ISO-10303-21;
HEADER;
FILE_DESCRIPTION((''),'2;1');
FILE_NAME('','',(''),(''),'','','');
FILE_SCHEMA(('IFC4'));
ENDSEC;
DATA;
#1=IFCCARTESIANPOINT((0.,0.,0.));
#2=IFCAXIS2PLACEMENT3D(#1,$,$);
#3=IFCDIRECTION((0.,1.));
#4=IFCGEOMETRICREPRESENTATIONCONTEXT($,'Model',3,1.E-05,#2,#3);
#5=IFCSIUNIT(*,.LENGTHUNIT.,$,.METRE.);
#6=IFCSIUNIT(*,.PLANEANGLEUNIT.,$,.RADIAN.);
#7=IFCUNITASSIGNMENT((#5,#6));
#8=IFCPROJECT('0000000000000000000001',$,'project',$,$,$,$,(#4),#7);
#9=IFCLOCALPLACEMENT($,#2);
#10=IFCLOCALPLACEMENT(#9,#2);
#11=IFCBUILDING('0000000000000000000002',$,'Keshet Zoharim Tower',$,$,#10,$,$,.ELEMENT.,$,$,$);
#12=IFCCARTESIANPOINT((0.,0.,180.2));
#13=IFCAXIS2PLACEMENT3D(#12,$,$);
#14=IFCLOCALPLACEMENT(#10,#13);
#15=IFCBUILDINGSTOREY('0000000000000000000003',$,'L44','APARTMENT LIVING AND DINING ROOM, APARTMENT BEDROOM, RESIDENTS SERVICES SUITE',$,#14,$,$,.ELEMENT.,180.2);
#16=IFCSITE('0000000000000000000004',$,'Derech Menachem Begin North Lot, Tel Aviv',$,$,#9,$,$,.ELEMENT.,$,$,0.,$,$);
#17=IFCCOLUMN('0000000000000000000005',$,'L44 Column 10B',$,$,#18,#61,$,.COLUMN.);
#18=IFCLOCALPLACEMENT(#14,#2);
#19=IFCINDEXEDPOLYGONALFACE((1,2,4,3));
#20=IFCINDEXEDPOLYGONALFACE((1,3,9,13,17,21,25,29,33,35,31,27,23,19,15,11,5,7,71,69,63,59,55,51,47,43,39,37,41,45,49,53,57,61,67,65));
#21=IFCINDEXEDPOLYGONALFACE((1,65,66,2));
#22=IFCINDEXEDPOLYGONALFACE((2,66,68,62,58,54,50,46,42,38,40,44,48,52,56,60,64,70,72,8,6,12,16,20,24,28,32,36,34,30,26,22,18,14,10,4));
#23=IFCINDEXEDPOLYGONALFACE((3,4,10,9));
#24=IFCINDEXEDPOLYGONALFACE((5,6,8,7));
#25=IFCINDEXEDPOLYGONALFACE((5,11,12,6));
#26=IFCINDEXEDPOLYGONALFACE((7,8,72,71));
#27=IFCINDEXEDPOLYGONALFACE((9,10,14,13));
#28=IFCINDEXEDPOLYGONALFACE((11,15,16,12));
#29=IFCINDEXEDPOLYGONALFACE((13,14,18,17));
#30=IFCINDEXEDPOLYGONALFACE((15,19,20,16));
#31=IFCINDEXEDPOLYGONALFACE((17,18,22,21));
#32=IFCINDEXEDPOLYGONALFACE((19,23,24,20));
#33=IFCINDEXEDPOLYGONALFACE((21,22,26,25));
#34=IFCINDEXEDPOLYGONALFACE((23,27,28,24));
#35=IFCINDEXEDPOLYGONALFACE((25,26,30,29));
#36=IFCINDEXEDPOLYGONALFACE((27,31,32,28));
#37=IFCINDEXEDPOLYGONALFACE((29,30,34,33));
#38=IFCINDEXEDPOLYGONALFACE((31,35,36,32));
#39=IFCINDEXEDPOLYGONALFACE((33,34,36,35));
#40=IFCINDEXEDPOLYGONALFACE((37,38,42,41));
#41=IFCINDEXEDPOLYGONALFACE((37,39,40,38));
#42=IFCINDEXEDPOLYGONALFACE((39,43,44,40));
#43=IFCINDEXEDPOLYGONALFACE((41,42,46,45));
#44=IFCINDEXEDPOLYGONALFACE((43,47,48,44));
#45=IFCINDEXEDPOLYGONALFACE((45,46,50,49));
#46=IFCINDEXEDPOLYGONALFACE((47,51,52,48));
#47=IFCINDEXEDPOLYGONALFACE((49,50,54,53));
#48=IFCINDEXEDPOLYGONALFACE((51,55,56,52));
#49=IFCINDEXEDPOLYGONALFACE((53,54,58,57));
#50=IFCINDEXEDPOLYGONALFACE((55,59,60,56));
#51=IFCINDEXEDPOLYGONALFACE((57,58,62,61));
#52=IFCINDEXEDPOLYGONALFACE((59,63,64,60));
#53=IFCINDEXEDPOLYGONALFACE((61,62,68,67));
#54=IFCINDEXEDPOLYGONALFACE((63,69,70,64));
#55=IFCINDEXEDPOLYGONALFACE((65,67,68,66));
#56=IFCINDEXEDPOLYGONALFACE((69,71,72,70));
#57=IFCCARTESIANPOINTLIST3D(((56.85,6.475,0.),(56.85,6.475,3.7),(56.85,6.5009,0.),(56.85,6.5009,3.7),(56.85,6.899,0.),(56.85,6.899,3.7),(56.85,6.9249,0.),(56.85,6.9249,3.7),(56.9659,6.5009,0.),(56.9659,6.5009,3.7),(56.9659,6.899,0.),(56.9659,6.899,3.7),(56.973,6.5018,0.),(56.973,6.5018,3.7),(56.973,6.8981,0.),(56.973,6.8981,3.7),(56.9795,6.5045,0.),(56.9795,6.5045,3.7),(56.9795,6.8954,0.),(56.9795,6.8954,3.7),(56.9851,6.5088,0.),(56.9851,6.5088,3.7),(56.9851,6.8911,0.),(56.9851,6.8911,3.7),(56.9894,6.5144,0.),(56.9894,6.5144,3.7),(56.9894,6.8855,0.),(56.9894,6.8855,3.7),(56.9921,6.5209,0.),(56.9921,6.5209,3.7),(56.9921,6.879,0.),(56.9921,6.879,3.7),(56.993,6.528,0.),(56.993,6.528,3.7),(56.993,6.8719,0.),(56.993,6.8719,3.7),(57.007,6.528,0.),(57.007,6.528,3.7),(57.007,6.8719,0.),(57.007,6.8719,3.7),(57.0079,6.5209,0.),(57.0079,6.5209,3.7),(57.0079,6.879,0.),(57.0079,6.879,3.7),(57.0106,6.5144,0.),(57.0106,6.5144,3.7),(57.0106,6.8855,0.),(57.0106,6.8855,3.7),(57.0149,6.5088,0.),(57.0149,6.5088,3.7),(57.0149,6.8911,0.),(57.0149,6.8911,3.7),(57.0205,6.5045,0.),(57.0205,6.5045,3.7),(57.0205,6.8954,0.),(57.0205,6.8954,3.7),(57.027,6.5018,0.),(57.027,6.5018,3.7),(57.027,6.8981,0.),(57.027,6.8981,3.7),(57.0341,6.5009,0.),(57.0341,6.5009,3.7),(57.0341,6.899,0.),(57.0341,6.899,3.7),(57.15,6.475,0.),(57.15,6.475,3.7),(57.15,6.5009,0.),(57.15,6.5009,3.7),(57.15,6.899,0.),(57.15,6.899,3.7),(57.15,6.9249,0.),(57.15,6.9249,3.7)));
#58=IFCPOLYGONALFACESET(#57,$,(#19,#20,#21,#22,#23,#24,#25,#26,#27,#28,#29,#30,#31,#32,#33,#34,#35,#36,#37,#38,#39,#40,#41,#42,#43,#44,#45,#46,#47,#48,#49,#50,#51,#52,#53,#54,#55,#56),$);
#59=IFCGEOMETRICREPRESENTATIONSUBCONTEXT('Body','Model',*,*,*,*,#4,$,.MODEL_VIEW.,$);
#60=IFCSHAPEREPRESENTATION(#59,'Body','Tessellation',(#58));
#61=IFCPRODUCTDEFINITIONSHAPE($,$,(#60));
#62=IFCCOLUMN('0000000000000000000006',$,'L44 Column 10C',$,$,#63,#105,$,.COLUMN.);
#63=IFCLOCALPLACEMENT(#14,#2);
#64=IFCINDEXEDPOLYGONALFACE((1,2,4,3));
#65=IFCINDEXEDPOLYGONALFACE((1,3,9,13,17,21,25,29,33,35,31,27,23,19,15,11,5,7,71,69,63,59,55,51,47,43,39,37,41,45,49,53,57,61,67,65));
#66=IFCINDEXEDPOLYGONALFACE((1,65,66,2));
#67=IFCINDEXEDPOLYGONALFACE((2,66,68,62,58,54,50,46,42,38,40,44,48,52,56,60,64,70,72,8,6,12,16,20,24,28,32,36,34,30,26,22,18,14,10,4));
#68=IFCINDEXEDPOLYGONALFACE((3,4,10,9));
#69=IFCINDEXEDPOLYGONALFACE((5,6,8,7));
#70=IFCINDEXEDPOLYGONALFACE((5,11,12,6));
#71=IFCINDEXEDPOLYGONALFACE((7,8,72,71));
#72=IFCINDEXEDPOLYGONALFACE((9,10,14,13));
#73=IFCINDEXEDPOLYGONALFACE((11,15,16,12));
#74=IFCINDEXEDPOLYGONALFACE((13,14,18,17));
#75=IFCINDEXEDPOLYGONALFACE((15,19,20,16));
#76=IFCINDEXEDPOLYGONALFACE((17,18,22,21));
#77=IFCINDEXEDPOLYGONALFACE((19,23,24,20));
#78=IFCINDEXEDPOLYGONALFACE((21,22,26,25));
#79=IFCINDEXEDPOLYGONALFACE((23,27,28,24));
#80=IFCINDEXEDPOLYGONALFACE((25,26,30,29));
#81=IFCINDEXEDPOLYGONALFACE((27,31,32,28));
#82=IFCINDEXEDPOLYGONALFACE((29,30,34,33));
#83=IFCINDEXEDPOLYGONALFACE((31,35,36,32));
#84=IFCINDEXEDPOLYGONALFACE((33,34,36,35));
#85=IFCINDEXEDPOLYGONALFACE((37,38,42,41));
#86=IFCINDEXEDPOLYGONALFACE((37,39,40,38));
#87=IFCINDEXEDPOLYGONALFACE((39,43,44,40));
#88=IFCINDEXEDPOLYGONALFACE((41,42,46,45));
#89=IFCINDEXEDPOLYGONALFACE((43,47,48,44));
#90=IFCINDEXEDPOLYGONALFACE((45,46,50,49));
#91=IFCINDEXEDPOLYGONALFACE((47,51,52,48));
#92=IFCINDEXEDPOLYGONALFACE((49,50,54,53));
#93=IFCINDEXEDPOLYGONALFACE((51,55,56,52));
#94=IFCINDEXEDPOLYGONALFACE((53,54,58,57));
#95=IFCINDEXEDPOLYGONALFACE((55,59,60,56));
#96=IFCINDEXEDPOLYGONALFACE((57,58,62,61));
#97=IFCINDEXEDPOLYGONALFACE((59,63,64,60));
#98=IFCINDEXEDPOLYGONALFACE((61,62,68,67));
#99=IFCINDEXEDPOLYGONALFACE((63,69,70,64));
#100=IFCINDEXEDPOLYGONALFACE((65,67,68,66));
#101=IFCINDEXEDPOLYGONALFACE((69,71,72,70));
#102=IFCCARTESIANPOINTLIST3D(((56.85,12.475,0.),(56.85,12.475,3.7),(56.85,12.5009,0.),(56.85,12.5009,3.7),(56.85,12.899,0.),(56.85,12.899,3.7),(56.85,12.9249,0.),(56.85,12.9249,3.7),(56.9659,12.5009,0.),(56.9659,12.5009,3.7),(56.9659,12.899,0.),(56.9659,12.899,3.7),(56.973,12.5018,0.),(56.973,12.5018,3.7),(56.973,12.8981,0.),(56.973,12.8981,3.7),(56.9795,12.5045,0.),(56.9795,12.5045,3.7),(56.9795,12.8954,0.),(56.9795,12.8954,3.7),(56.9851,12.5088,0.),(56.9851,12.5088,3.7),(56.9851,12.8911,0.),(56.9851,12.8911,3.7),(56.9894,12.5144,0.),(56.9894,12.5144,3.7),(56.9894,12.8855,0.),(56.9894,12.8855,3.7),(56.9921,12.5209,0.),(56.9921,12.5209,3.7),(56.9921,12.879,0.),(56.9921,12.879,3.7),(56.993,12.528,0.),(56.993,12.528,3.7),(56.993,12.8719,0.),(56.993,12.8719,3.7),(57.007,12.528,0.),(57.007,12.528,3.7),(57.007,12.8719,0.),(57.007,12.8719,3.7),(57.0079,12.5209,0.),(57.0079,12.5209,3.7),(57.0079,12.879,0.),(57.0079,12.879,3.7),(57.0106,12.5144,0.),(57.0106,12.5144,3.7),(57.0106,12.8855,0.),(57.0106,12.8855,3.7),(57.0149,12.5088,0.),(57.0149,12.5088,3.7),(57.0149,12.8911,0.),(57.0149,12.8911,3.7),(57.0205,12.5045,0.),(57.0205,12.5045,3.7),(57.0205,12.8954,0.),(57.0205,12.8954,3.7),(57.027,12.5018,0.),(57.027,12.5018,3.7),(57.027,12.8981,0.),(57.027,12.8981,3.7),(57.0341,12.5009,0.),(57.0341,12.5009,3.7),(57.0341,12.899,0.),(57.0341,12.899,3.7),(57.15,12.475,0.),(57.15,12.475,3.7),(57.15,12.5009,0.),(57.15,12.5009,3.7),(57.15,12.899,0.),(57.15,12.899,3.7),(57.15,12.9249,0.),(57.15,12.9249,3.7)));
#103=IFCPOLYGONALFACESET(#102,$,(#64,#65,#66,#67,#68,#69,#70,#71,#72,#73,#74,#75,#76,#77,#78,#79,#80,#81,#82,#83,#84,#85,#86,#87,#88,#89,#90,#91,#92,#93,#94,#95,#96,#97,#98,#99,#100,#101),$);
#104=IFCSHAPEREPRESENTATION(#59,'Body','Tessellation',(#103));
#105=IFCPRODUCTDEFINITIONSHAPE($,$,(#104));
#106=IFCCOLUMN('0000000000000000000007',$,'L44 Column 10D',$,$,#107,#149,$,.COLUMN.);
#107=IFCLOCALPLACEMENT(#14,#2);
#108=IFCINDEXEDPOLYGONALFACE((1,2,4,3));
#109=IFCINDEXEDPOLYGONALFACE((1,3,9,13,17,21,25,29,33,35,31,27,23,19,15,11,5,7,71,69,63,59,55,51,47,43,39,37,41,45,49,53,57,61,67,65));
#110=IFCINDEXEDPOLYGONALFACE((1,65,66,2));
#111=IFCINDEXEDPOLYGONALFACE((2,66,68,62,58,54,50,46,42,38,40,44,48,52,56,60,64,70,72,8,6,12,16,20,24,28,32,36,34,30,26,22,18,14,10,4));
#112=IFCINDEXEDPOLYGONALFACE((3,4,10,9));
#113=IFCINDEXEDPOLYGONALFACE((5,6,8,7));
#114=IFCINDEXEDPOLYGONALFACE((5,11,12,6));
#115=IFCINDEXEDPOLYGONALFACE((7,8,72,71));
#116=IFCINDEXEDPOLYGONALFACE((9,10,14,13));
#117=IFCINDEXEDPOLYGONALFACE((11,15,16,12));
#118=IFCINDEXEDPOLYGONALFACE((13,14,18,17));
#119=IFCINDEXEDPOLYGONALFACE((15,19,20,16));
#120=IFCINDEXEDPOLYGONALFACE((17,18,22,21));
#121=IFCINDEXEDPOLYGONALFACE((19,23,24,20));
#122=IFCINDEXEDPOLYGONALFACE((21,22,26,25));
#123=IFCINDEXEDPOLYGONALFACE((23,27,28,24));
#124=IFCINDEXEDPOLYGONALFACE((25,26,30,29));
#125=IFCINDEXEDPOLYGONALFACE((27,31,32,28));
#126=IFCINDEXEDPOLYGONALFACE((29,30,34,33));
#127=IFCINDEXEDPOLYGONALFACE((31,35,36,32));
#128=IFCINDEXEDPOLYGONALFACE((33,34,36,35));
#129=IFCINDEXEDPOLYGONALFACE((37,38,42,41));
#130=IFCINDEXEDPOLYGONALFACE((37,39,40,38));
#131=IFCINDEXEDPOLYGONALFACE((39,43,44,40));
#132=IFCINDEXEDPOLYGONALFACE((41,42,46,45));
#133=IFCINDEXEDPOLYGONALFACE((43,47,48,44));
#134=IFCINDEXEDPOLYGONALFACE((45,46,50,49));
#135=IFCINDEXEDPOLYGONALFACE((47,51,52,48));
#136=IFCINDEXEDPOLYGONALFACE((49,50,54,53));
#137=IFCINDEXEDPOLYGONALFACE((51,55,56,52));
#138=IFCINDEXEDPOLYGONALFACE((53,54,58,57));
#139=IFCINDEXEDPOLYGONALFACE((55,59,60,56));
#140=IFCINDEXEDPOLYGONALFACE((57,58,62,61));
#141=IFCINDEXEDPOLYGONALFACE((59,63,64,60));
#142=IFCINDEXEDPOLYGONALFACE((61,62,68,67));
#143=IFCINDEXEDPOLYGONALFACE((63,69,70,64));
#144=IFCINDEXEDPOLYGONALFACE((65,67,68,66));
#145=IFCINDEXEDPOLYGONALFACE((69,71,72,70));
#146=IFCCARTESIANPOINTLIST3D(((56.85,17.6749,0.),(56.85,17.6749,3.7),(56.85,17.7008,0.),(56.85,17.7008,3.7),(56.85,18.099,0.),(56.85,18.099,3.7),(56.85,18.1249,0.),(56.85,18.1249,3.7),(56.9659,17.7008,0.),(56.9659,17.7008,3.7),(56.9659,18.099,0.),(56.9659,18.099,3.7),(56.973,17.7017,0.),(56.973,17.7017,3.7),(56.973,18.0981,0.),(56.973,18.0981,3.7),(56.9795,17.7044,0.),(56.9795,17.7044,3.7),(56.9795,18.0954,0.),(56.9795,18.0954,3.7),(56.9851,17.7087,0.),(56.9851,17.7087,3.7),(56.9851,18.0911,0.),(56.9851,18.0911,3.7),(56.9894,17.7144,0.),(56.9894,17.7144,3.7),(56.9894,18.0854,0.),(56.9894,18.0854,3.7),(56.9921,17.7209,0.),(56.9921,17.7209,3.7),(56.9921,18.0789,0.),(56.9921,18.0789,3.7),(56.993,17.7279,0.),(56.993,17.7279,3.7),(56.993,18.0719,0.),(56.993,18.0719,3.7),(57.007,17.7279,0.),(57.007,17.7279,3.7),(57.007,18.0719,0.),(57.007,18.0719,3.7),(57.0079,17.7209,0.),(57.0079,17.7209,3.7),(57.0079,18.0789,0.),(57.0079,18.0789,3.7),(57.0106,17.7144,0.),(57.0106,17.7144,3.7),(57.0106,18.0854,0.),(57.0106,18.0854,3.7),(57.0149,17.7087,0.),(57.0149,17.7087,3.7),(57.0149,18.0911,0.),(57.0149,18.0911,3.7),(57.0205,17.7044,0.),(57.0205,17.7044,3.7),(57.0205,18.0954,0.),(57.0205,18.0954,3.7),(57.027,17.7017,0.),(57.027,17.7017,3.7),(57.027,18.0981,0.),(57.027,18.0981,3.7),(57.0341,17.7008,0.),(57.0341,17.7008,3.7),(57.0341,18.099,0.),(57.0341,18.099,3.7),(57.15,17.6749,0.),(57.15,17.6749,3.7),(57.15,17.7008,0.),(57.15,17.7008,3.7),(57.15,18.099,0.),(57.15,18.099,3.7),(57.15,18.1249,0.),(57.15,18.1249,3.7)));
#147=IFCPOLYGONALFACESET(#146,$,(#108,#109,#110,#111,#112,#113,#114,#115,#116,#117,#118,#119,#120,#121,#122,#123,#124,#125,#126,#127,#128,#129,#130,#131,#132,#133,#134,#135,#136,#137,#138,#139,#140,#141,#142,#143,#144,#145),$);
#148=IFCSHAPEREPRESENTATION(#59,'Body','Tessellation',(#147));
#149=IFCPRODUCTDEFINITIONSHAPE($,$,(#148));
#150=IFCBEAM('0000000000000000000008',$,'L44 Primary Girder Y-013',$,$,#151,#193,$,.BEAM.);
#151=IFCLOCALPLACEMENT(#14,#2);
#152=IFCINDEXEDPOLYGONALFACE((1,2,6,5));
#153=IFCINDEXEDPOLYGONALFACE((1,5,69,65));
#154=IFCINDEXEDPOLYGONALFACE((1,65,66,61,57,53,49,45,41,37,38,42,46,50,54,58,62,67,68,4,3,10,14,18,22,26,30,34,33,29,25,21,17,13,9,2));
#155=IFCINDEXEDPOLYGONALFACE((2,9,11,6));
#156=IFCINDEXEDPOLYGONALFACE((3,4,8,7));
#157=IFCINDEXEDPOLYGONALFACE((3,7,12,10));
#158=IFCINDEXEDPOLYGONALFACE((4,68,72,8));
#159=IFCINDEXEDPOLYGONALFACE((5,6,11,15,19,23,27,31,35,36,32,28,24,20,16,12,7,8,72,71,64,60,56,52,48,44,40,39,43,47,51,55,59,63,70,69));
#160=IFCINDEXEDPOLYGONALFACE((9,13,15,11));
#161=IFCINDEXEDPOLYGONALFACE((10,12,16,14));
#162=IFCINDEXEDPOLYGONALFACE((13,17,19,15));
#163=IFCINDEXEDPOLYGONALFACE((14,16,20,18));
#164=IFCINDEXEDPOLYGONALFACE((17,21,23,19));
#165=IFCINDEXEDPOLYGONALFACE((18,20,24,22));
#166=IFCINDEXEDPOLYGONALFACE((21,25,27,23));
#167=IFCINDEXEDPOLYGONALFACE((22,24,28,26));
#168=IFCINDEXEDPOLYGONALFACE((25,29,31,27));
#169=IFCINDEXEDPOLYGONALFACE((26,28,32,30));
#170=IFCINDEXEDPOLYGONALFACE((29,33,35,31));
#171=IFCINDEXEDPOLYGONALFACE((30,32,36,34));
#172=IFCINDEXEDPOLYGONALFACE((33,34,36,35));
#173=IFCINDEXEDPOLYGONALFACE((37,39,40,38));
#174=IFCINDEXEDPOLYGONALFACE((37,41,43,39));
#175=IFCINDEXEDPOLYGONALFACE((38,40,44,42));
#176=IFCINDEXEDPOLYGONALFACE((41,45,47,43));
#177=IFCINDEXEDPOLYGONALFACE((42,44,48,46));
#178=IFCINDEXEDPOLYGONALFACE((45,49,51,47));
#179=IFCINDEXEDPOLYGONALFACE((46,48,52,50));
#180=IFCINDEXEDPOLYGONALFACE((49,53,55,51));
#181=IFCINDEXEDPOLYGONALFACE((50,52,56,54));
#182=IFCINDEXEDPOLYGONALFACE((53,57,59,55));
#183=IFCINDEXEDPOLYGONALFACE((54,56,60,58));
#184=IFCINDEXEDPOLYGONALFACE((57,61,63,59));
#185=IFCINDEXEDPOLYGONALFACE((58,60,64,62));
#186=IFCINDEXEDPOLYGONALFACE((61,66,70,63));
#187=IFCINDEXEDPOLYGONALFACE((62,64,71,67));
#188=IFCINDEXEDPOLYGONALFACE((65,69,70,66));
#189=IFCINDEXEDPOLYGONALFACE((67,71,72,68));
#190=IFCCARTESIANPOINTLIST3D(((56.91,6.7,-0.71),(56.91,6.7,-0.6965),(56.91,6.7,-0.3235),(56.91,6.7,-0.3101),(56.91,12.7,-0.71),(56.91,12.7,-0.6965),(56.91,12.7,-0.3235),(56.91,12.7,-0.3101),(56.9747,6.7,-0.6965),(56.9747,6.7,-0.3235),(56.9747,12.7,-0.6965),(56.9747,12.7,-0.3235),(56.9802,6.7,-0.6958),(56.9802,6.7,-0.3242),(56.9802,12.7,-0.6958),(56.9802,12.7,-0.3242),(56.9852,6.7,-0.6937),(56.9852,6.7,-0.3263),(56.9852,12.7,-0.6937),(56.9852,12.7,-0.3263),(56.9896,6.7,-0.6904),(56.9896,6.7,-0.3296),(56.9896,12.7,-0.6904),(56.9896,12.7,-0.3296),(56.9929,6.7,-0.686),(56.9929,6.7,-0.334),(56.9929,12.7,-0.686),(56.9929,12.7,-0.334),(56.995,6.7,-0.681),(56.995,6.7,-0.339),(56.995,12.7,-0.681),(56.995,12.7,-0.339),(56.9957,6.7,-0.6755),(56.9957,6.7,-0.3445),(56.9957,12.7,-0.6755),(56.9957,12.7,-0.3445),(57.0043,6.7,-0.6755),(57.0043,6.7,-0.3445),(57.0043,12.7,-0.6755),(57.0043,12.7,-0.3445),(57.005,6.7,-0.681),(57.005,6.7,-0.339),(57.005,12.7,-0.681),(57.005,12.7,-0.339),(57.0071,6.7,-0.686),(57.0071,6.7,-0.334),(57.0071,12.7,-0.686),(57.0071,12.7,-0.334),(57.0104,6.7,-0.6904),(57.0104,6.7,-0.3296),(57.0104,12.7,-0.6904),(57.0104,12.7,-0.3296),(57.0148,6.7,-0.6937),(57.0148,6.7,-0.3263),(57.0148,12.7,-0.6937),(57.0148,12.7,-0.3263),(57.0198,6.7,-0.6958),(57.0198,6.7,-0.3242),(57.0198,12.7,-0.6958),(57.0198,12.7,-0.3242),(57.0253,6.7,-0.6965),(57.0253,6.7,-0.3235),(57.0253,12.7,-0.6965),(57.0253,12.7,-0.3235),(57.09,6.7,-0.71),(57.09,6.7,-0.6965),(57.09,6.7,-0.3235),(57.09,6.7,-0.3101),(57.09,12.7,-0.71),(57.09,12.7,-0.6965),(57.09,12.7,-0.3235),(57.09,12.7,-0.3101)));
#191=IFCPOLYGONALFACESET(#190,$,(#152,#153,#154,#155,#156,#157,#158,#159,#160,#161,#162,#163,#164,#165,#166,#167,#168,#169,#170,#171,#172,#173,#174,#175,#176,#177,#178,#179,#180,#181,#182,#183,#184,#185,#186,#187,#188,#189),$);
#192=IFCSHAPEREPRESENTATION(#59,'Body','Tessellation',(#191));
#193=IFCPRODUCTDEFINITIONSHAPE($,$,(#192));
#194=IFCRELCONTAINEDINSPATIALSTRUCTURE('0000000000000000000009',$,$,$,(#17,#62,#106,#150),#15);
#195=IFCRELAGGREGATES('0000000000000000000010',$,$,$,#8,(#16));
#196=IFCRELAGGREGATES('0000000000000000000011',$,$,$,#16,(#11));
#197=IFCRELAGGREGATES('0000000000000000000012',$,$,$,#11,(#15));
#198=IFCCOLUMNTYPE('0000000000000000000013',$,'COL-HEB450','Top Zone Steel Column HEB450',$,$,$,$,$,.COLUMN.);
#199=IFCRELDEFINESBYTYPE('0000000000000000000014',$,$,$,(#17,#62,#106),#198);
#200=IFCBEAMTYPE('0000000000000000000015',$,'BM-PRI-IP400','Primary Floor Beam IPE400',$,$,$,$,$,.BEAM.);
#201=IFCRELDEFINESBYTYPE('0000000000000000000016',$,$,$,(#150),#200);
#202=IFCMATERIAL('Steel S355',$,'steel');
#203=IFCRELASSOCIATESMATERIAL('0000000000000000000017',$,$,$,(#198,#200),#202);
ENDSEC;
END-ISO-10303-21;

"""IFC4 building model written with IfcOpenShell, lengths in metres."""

from ifc_helpers import new_model, si_unit, direction, frame, origin, origin_2d, place, context, subcontext, project, spatial, i_section, extrude, material, material_profile, profile_set, type_object, element, save


model = new_model("IFC4")

# Units and contexts
model_context = context("Model", 3, precision=1e-05, world=origin(), true_north=direction((0.0, 1.0)))
body_context = subcontext(model_context, "Body", "Model", "MODEL_VIEW")
ifc_project = project(units=[si_unit("LENGTHUNIT", "METRE"), si_unit("PLANEANGLEUNIT", "RADIAN")], contexts=[model_context])

# Site, building, storey
site_placement = place(None, origin())
site = spatial("IfcSite", under=ifc_project, at=site_placement, Name="Derech Menachem Begin North Lot, Tel Aviv", CompositionType="ELEMENT", RefElevation=0.0)
building_placement = place(site_placement, origin())
building = spatial("IfcBuilding", under=site, at=building_placement, Name="Keshet Zoharim Tower", CompositionType="ELEMENT")
storey_placement = place(building_placement, frame((0.0, 0.0, 180.2)))
storey = spatial("IfcBuildingStorey", under=building, at=storey_placement, Name="L44", Description="APARTMENT LIVING AND DINING ROOM, APARTMENT BEDROOM, RESIDENTS SERVICES SUITE", CompositionType="ELEMENT", Elevation=180.2)

# Columns
ifc_material_1 = material(Name="Steel S355", Category="steel")
ifc_material_profile_1 = material_profile(ifc_material_1, i_section(OverallWidth=0.3, OverallDepth=0.45, WebThickness=0.0139, FlangeThickness=0.0259, FilletRadius=0.0271, at=origin_2d()), Name="HEB450")
ifc_profile_set_1 = profile_set([ifc_material_profile_1], Name="Steel S355")
column_type = type_object("IfcColumnType", Name="COL-HEB450", Description="Top Zone Steel Column HEB450", PredefinedType="COLUMN", material=ifc_profile_set_1)
for number, where, z_axis, x_axis, name in (
    (1, (57.0, 6.7, 0.0), (0.0, 0.0, 1.0), (1.0, 0.0, 0.0), "L44 Column 10B"),
    (2, (57.0, 12.7, 0.0), (0.0, 0.0, 1.0), (1.0, 0.0, 0.0), "L44 Column 10C"),
    (3, (57.0, 17.8999, 0.0), (0.0, 0.0, 1.0), (1.0, 0.0, 0.0), "L44 Column 10D"),
):
    element("IfcColumn", number, at=place(storey_placement, frame(where, z_axis=z_axis, x_axis=x_axis)), inside=storey, type_object=column_type, Name=name, PredefinedType="COLUMN", context=body_context, shape_type="SweptSolid", body=[
        extrude(i_section(OverallWidth=0.3, OverallDepth=0.45, WebThickness=0.0139, FlangeThickness=0.0259, FilletRadius=0.0271, at=origin_2d()), origin(), (0.0, 0.0, 1.0), 3.7),
    ])

# Beam
ifc_material_profile_2 = material_profile(ifc_material_1, i_section(OverallWidth=0.1799, OverallDepth=0.3999, WebThickness=0.0085, FlangeThickness=0.0134, FilletRadius=0.021, at=origin_2d()), Name="IPE400")
ifc_profile_set_2 = profile_set([ifc_material_profile_2], Name="Steel S355")
beam_type = type_object("IfcBeamType", Name="BM-PRI-IP400", Description="Primary Floor Beam IPE400", PredefinedType="BEAM", material=ifc_profile_set_2)
beam_1_placement = place(storey_placement, frame((57.0, 6.7, -0.51), z_axis=(0.0, 1.0, 0.0), x_axis=(-1.0, 0.0, 0.0)))
element("IfcBeam", 4, at=beam_1_placement, inside=storey, type_object=beam_type, Name="L44 Primary Girder Y-013", PredefinedType="BEAM", context=body_context, shape_type="SweptSolid", body=[
    extrude(i_section(OverallWidth=0.1799, OverallDepth=0.3999, WebThickness=0.0085, FlangeThickness=0.0134, FilletRadius=0.021, at=origin_2d()), origin(), (0.0, 0.0, 1.0), 6.0),
])

save(model, "model.ifc")
